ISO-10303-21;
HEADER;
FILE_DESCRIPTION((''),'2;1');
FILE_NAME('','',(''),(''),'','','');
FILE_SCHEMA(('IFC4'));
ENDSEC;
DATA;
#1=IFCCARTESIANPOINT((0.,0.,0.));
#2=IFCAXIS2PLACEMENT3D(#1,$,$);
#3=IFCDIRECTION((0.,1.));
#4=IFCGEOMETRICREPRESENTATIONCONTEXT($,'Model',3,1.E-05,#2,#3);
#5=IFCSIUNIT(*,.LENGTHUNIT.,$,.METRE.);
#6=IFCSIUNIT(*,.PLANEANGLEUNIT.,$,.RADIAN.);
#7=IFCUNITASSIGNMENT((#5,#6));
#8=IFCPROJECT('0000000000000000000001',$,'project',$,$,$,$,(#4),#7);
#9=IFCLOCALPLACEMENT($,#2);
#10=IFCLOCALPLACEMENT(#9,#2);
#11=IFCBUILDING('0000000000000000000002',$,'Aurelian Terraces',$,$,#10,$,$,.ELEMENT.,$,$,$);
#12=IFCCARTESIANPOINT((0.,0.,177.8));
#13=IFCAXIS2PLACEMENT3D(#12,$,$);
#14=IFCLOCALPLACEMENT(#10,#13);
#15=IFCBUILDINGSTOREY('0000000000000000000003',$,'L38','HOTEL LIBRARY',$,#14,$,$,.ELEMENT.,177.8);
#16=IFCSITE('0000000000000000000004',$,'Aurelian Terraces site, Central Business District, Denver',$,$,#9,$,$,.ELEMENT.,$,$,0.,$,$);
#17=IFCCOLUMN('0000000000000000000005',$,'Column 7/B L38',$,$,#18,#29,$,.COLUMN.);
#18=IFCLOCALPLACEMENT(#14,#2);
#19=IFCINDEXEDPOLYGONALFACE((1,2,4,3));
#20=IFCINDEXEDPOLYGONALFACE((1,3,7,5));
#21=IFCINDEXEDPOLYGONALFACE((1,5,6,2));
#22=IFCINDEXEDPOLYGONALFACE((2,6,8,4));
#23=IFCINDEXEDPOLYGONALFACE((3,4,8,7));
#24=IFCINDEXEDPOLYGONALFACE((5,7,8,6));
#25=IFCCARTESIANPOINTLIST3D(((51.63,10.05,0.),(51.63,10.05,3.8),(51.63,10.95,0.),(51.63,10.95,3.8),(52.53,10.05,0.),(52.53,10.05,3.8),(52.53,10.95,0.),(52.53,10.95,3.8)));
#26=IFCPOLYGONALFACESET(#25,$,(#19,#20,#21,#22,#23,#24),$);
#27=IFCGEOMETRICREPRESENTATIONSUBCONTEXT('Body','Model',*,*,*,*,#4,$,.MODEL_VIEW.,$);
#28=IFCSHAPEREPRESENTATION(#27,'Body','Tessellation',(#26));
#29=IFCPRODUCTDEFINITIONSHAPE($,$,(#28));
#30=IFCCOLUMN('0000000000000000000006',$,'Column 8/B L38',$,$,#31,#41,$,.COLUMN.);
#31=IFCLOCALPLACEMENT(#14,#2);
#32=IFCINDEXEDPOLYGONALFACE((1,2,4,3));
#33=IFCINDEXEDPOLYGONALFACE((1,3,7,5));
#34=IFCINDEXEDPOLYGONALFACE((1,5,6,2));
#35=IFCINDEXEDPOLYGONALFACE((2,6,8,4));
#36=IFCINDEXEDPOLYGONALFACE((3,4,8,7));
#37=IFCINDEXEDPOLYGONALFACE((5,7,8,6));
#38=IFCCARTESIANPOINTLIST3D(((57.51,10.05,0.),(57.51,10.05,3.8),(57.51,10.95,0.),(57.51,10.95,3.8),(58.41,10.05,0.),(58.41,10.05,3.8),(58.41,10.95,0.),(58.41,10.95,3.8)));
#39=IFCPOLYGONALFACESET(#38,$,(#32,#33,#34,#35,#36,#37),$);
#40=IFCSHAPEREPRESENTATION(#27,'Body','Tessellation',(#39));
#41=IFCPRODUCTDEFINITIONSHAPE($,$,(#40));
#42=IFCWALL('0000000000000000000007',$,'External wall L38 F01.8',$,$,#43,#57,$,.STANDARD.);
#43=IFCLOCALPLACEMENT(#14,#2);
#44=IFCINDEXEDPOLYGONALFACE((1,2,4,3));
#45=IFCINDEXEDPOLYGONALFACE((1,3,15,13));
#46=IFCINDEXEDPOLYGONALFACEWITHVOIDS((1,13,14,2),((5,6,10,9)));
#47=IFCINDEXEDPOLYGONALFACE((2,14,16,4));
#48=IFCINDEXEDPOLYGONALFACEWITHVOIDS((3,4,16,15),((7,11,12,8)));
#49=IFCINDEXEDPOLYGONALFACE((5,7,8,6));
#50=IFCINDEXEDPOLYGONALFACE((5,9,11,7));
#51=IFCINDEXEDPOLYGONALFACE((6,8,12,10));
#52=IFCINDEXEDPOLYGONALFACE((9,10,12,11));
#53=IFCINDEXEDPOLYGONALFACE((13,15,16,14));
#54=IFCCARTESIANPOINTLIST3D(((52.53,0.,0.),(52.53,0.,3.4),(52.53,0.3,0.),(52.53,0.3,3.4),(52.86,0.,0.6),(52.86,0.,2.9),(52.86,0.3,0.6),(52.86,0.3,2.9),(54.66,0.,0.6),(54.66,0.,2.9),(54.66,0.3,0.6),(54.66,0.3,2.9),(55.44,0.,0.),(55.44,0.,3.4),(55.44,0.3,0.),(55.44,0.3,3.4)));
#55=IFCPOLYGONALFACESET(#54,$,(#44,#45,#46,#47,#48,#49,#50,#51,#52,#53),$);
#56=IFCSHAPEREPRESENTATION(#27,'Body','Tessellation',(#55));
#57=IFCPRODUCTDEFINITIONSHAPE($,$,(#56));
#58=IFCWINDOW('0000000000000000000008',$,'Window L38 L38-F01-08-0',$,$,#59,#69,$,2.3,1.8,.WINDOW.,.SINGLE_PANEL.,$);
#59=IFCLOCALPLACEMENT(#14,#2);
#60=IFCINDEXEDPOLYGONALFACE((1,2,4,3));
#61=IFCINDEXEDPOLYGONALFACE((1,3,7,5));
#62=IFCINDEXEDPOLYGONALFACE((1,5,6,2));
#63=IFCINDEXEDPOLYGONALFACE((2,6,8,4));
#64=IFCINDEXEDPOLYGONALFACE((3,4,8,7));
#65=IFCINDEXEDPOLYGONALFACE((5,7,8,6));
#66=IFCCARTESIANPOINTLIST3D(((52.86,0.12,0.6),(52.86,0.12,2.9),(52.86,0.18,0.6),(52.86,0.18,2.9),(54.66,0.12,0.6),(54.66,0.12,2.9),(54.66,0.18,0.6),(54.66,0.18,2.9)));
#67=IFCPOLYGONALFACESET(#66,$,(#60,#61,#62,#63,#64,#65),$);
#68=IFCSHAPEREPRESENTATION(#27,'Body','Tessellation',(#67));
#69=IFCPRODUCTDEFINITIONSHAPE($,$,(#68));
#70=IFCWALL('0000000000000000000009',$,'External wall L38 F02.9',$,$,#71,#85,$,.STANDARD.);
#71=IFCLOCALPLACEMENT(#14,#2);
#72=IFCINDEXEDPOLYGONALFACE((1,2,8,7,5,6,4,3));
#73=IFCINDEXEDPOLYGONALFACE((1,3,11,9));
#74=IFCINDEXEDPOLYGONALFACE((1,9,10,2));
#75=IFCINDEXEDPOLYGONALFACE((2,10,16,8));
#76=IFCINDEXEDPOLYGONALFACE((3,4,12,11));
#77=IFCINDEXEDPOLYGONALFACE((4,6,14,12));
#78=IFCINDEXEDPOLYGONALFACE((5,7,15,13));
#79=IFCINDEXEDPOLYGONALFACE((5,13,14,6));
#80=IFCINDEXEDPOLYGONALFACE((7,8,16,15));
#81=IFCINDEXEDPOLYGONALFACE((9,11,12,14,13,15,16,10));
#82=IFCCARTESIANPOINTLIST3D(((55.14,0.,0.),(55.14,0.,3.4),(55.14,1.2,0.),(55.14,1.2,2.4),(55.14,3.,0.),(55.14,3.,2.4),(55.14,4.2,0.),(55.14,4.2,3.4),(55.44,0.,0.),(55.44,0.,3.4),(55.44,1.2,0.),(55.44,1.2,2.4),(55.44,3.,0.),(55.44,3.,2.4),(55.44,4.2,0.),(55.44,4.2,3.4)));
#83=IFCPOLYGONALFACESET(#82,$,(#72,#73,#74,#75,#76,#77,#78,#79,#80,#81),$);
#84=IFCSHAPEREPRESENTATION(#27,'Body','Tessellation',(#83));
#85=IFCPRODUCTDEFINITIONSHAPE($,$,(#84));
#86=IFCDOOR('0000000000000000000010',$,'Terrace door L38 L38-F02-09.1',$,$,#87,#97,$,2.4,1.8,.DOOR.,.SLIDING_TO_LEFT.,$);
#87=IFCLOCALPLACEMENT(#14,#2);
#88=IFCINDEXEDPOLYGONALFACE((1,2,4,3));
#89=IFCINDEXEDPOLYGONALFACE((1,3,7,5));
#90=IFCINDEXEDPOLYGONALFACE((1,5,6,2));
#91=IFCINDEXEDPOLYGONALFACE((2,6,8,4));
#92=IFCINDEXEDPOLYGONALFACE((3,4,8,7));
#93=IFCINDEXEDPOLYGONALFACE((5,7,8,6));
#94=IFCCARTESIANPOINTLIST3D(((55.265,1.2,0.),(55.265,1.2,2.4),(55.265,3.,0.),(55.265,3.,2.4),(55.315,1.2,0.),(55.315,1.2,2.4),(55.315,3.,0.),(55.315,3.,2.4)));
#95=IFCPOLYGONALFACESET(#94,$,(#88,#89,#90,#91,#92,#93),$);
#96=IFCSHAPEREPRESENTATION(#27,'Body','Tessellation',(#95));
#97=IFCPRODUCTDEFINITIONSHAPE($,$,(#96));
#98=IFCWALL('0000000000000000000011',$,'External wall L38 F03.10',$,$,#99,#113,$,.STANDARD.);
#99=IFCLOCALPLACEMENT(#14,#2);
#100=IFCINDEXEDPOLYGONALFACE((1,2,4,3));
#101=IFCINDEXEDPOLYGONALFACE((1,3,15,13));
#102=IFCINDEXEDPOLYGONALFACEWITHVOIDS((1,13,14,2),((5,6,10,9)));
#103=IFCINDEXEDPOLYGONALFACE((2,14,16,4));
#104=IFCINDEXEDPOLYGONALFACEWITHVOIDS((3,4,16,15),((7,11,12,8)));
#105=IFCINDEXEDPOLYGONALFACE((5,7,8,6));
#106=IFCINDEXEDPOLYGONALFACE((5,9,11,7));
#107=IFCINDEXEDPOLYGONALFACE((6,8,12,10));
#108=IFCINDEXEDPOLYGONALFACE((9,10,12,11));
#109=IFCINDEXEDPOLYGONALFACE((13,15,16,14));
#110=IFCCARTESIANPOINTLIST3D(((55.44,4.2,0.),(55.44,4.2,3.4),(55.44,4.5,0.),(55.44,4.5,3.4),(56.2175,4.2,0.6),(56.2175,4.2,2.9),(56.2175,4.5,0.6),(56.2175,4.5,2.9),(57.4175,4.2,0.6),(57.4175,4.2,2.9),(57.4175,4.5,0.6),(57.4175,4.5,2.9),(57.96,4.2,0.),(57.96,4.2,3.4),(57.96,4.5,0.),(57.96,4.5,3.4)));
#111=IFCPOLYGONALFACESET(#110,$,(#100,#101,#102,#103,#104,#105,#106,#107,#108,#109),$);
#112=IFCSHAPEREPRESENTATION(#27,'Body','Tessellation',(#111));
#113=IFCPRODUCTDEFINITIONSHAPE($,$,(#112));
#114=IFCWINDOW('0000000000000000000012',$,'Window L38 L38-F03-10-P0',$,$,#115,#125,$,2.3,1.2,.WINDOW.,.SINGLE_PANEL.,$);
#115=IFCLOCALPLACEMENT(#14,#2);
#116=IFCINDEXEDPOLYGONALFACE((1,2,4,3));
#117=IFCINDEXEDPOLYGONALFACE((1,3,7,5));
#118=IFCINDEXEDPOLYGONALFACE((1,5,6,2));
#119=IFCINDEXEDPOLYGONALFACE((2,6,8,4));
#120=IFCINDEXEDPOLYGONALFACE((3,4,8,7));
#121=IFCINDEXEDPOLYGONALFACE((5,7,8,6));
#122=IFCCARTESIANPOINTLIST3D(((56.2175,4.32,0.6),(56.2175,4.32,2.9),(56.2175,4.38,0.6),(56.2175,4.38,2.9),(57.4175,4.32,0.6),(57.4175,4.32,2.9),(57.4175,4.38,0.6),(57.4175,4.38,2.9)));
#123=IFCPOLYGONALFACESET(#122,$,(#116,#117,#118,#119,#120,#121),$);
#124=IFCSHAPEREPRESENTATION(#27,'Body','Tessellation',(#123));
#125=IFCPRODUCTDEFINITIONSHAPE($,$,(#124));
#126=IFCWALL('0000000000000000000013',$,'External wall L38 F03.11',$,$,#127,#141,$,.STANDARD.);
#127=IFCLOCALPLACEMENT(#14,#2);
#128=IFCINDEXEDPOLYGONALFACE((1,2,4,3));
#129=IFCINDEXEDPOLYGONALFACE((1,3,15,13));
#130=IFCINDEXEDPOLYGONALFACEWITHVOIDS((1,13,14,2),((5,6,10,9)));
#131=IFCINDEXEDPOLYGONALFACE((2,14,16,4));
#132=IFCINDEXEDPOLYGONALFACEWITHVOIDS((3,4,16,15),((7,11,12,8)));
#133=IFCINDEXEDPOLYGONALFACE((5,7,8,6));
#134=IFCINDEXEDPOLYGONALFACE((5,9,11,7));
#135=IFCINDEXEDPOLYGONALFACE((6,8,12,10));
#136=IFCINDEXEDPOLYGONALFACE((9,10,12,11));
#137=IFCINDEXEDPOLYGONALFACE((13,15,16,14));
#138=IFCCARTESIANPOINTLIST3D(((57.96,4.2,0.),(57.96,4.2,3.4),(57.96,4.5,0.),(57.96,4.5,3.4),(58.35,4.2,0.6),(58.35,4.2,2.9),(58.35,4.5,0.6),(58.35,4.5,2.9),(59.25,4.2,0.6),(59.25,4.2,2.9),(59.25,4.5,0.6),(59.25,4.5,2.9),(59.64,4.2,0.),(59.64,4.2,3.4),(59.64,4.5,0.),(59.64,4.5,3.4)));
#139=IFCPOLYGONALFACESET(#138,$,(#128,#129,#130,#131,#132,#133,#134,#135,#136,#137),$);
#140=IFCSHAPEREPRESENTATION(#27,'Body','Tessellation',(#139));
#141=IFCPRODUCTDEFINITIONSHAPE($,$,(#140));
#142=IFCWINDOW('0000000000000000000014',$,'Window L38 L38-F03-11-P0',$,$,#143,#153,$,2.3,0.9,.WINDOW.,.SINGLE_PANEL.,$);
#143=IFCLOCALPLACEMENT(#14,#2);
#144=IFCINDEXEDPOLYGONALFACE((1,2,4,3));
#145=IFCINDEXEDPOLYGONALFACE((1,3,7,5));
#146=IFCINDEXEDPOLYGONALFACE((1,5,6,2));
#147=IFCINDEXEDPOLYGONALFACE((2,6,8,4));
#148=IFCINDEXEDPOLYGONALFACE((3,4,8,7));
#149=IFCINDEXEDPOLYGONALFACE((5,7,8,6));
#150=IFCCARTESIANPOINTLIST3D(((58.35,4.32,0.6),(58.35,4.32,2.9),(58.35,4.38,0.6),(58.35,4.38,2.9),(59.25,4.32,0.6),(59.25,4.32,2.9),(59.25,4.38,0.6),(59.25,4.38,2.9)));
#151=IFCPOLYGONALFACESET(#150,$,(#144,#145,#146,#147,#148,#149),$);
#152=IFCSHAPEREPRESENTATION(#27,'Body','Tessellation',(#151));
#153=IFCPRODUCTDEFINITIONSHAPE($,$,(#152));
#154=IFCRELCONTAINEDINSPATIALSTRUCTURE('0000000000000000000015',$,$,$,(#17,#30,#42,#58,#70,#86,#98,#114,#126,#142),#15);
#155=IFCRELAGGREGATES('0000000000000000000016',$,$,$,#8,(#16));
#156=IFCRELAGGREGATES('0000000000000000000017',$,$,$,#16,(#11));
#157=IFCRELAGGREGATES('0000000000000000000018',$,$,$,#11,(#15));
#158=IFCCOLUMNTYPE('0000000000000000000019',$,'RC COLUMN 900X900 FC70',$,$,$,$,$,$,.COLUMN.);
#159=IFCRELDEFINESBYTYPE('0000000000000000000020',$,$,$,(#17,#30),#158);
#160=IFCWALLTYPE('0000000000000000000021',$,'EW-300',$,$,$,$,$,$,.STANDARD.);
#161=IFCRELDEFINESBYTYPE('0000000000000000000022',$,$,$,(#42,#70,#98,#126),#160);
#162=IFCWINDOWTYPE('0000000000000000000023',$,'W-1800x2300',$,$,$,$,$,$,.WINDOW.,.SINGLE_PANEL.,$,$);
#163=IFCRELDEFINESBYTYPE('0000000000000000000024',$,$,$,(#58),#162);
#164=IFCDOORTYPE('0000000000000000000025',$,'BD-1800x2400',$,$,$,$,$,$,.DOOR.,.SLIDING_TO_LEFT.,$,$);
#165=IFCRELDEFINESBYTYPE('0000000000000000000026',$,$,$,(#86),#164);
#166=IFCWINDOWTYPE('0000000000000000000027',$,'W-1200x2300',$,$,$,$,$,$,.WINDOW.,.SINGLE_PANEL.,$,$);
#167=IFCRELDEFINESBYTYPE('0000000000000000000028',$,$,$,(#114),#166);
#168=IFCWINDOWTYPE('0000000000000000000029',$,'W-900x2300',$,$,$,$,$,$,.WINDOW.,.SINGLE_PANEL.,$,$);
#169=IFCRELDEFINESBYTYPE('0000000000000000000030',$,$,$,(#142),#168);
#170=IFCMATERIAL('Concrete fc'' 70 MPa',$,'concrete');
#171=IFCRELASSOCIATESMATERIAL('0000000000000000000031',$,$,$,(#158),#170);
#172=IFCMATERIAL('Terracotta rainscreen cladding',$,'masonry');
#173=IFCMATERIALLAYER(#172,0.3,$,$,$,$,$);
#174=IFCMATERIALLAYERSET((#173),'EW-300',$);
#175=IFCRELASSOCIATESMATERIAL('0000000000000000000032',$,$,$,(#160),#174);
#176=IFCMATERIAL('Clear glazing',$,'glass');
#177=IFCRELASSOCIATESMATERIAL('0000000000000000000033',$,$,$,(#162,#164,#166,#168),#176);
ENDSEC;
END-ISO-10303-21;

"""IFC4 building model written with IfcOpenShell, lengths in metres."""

from ifc_helpers import new_model, si_unit, direction, frame, frame_2d, origin, origin_2d, place, context, subcontext, project, spatial, rectangle, extrude, source, transform, mapped, material, layer, layer_set, material_profile, profile_set, type_object, element, fill, save


model = new_model("IFC4")

# Units and contexts
model_context = context("Model", 3, precision=1e-05, world=origin(), true_north=direction((0.0, 1.0)))
body_context = subcontext(model_context, "Body", "Model", "MODEL_VIEW")
ifc_project = project(units=[si_unit("LENGTHUNIT", "METRE"), si_unit("PLANEANGLEUNIT", "RADIAN")], contexts=[model_context])

# Site, building, storey
site_placement = place(None, origin())
site = spatial("IfcSite", under=ifc_project, at=site_placement, Name="Aurelian Terraces site, Central Business District, Denver", CompositionType="ELEMENT", RefElevation=0.0)
building_placement = place(site_placement, origin())
building = spatial("IfcBuilding", under=site, at=building_placement, Name="Aurelian Terraces", CompositionType="ELEMENT")
storey_placement = place(building_placement, frame((0.0, 0.0, 177.8)))
storey = spatial("IfcBuildingStorey", under=building, at=storey_placement, Name="L38", Description="HOTEL LIBRARY", CompositionType="ELEMENT", Elevation=177.8)

# Columns
ifc_material_1 = material(Name="Concrete fc' 70 MPa", Category="concrete")
ifc_material_profile = material_profile(ifc_material_1, rectangle(XDim=0.9, YDim=0.9, at=origin_2d()))
ifc_profile_set = profile_set([ifc_material_profile], Name="Concrete fc' 70 MPa")
column_type = type_object("IfcColumnType", Name="RC COLUMN 900X900 FC70", PredefinedType="COLUMN", material=ifc_profile_set)
shared_shape_1 = source(origin(), body_context, "Body", "SweptSolid", [
    extrude(rectangle(XDim=0.9, YDim=0.9, at=origin_2d()), origin(), (0.0, 0.0, 1.0), 3.8),
])
for number, where, z_axis, x_axis, name in (
    (1, (52.08, 10.5, 0.0), (0.0, 0.0, 1.0), (1.0, 0.0, 0.0), "Column 7/B L38"),
    (2, (57.96, 10.5, 0.0), (0.0, 0.0, 1.0), (1.0, 0.0, 0.0), "Column 8/B L38"),
):
    element("IfcColumn", number, at=place(storey_placement, frame(where, z_axis=z_axis, x_axis=x_axis)), inside=storey, type_object=column_type, Name=name, PredefinedType="COLUMN", context=body_context, shape_type="MappedRepresentation", body=[
        mapped(shared_shape_1, transform((0.0, 0.0, 0.0), scale=1.0)),
    ])

# Wall, opening, window
ifc_material_2 = material(Name="Terracotta rainscreen cladding", Category="masonry")
ifc_layer_1 = layer(ifc_material_2, 0.3)
ifc_layer_set_1 = layer_set([ifc_layer_1], Name="EW-300")
wall_type_1 = type_object("IfcWallType", Name="EW-300", PredefinedType="STANDARD", material=ifc_layer_set_1)
wall_1_placement = place(storey_placement, frame((52.53, 0.15, 0.0), z_axis=(0.0, 0.0, 1.0), x_axis=(1.0, 0.0, 0.0)))
wall_1 = element("IfcWall", 3, at=wall_1_placement, inside=storey, type_object=wall_type_1, Name="External wall L38 F01.8", PredefinedType="STANDARD", context=body_context, shape_type="SweptSolid", body=[
    extrude(rectangle(XDim=2.91, YDim=0.3, at=frame_2d((1.455, 0.0))), origin(), (0.0, 0.0, 1.0), 3.4),
])
shared_shape_2 = source(origin(), body_context, "Body", "SweptSolid", [
    extrude(rectangle(XDim=1.8, YDim=2.3, at=frame_2d((0.9, 1.15))), frame((0.0, 0.16, 0.0), z_axis=(0.0, -1.0, 0.0), x_axis=(1.0, 0.0, 0.0)), (0.0, 0.0, 1.0), 0.32),
])
opening_1_placement = place(wall_1_placement, frame((0.33, 0.0, 0.6)))
opening_1 = element("IfcOpeningElement", 4, at=opening_1_placement, cuts=wall_1, PredefinedType="OPENING", context=body_context, shape_type="MappedRepresentation", body=[
    mapped(shared_shape_2, transform((0.0, 0.0, 0.0), scale=1.0)),
])
ifc_material_3 = material(Name="Clear glazing", Category="glass")
window_type_1 = type_object("IfcWindowType", Name="W-1800x2300", PartitioningType="SINGLE_PANEL", PredefinedType="WINDOW", material=ifc_material_3)
shared_shape_3 = source(origin(), body_context, "Body", "SweptSolid", [
    extrude(rectangle(XDim=1.8, YDim=2.3, at=frame_2d((0.9, 1.15))), frame((0.0, 0.03, 0.0), z_axis=(0.0, -1.0, 0.0), x_axis=(1.0, 0.0, 0.0)), (0.0, 0.0, 1.0), 0.06),
])
window_1_placement = place(opening_1_placement, origin())
window_1 = element("IfcWindow", 5, at=window_1_placement, inside=storey, type_object=window_type_1, Name="Window L38 L38-F01-08-0", OverallHeight=2.3, OverallWidth=1.8, PartitioningType="SINGLE_PANEL", PredefinedType="WINDOW", context=body_context, shape_type="MappedRepresentation", body=[
    mapped(shared_shape_3, transform((0.0, 0.0, 0.0), scale=1.0)),
])
fill(opening_1, window_1)

# Wall, opening, door
wall_2_placement = place(storey_placement, frame((55.29, 0.0, 0.0), z_axis=(0.0, 0.0, 1.0), x_axis=(0.0, 1.0, 0.0)))
wall_2 = element("IfcWall", 6, at=wall_2_placement, inside=storey, type_object=wall_type_1, Name="External wall L38 F02.9", PredefinedType="STANDARD", context=body_context, shape_type="SweptSolid", body=[
    extrude(rectangle(XDim=4.2, YDim=0.3, at=frame_2d((2.1, 0.0))), origin(), (0.0, 0.0, 1.0), 3.4),
])
shared_shape_4 = source(origin(), body_context, "Body", "SweptSolid", [
    extrude(rectangle(XDim=1.8, YDim=2.4, at=frame_2d((0.9, 1.2))), frame((0.0, 0.16, 0.0), z_axis=(0.0, -1.0, 0.0), x_axis=(1.0, 0.0, 0.0)), (0.0, 0.0, 1.0), 0.32),
])
opening_2_placement = place(wall_2_placement, frame((1.2, 0.0, 0.0)))
opening_2 = element("IfcOpeningElement", 7, at=opening_2_placement, cuts=wall_2, PredefinedType="OPENING", context=body_context, shape_type="MappedRepresentation", body=[
    mapped(shared_shape_4, transform((0.0, 0.0, 0.0), scale=1.0)),
])
door_type_1 = type_object("IfcDoorType", Name="BD-1800x2400", OperationType="SLIDING_TO_LEFT", PredefinedType="DOOR", material=ifc_material_3)
shared_shape_5 = source(origin(), body_context, "Body", "SweptSolid", [
    extrude(rectangle(XDim=1.8, YDim=2.4, at=frame_2d((0.9, 1.2))), frame((0.0, 0.025, 0.0), z_axis=(0.0, -1.0, 0.0), x_axis=(1.0, 0.0, 0.0)), (0.0, 0.0, 1.0), 0.05),
])
door_1_placement = place(opening_2_placement, origin())
door_1 = element("IfcDoor", 8, at=door_1_placement, inside=storey, type_object=door_type_1, Name="Terrace door L38 L38-F02-09.1", OperationType="SLIDING_TO_LEFT", OverallHeight=2.4, OverallWidth=1.8, PredefinedType="DOOR", context=body_context, shape_type="MappedRepresentation", body=[
    mapped(shared_shape_5, transform((0.0, 0.0, 0.0), scale=1.0)),
])
fill(opening_2, door_1)

# Walls, openings, windows
wall_3_placement = place(storey_placement, frame((55.44, 4.35, 0.0), z_axis=(0.0, 0.0, 1.0), x_axis=(1.0, 0.0, 0.0)))
wall_3 = element("IfcWall", 9, at=wall_3_placement, inside=storey, type_object=wall_type_1, Name="External wall L38 F03.10", PredefinedType="STANDARD", context=body_context, shape_type="SweptSolid", body=[
    extrude(rectangle(XDim=2.52, YDim=0.3, at=frame_2d((1.26, 0.0))), origin(), (0.0, 0.0, 1.0), 3.4),
])
shared_shape_6 = source(origin(), body_context, "Body", "SweptSolid", [
    extrude(rectangle(XDim=1.2, YDim=2.3, at=frame_2d((0.6, 1.15))), frame((0.0, 0.16, 0.0), z_axis=(0.0, -1.0, 0.0), x_axis=(1.0, 0.0, 0.0)), (0.0, 0.0, 1.0), 0.32),
])
opening_3_placement = place(wall_3_placement, frame((0.7775, 0.0, 0.6)))
opening_3 = element("IfcOpeningElement", 10, at=opening_3_placement, cuts=wall_3, PredefinedType="OPENING", context=body_context, shape_type="MappedRepresentation", body=[
    mapped(shared_shape_6, transform((0.0, 0.0, 0.0), scale=1.0)),
])
window_type_2 = type_object("IfcWindowType", Name="W-1200x2300", PartitioningType="SINGLE_PANEL", PredefinedType="WINDOW", material=ifc_material_3)
shared_shape_7 = source(origin(), body_context, "Body", "SweptSolid", [
    extrude(rectangle(XDim=1.2, YDim=2.3, at=frame_2d((0.6, 1.15))), frame((0.0, 0.03, 0.0), z_axis=(0.0, -1.0, 0.0), x_axis=(1.0, 0.0, 0.0)), (0.0, 0.0, 1.0), 0.06),
])
window_2_placement = place(opening_3_placement, origin())
window_2 = element("IfcWindow", 11, at=window_2_placement, inside=storey, type_object=window_type_2, Name="Window L38 L38-F03-10-P0", OverallHeight=2.3, OverallWidth=1.2, PartitioningType="SINGLE_PANEL", PredefinedType="WINDOW", context=body_context, shape_type="MappedRepresentation", body=[
    mapped(shared_shape_7, transform((0.0, 0.0, 0.0), scale=1.0)),
])
fill(opening_3, window_2)
wall_4_placement = place(storey_placement, frame((57.96, 4.35, 0.0), z_axis=(0.0, 0.0, 1.0), x_axis=(1.0, 0.0, 0.0)))
wall_4 = element("IfcWall", 12, at=wall_4_placement, inside=storey, type_object=wall_type_1, Name="External wall L38 F03.11", PredefinedType="STANDARD", context=body_context, shape_type="SweptSolid", body=[
    extrude(rectangle(XDim=1.68, YDim=0.3, at=frame_2d((0.84, 0.0))), origin(), (0.0, 0.0, 1.0), 3.4),
])
shared_shape_8 = source(origin(), body_context, "Body", "SweptSolid", [
    extrude(rectangle(XDim=0.9, YDim=2.3, at=frame_2d((0.45, 1.15))), frame((0.0, 0.16, 0.0), z_axis=(0.0, -1.0, 0.0), x_axis=(1.0, 0.0, 0.0)), (0.0, 0.0, 1.0), 0.32),
])
opening_4_placement = place(wall_4_placement, frame((0.39, 0.0, 0.6)))
opening_4 = element("IfcOpeningElement", 13, at=opening_4_placement, cuts=wall_4, PredefinedType="OPENING", context=body_context, shape_type="MappedRepresentation", body=[
    mapped(shared_shape_8, transform((0.0, 0.0, 0.0), scale=1.0)),
])
window_type_3 = type_object("IfcWindowType", Name="W-900x2300", PartitioningType="SINGLE_PANEL", PredefinedType="WINDOW", material=ifc_material_3)
shared_shape_9 = source(origin(), body_context, "Body", "SweptSolid", [
    extrude(rectangle(XDim=0.9, YDim=2.3, at=frame_2d((0.45, 1.15))), frame((0.0, 0.03, 0.0), z_axis=(0.0, -1.0, 0.0), x_axis=(1.0, 0.0, 0.0)), (0.0, 0.0, 1.0), 0.06),
])
window_3_placement = place(opening_4_placement, origin())
window_3 = element("IfcWindow", 14, at=window_3_placement, inside=storey, type_object=window_type_3, Name="Window L38 L38-F03-11-P0", OverallHeight=2.3, OverallWidth=0.9, PartitioningType="SINGLE_PANEL", PredefinedType="WINDOW", context=body_context, shape_type="MappedRepresentation", body=[
    mapped(shared_shape_9, transform((0.0, 0.0, 0.0), scale=1.0)),
])
fill(opening_4, window_3)

save(model, "model.ifc")
